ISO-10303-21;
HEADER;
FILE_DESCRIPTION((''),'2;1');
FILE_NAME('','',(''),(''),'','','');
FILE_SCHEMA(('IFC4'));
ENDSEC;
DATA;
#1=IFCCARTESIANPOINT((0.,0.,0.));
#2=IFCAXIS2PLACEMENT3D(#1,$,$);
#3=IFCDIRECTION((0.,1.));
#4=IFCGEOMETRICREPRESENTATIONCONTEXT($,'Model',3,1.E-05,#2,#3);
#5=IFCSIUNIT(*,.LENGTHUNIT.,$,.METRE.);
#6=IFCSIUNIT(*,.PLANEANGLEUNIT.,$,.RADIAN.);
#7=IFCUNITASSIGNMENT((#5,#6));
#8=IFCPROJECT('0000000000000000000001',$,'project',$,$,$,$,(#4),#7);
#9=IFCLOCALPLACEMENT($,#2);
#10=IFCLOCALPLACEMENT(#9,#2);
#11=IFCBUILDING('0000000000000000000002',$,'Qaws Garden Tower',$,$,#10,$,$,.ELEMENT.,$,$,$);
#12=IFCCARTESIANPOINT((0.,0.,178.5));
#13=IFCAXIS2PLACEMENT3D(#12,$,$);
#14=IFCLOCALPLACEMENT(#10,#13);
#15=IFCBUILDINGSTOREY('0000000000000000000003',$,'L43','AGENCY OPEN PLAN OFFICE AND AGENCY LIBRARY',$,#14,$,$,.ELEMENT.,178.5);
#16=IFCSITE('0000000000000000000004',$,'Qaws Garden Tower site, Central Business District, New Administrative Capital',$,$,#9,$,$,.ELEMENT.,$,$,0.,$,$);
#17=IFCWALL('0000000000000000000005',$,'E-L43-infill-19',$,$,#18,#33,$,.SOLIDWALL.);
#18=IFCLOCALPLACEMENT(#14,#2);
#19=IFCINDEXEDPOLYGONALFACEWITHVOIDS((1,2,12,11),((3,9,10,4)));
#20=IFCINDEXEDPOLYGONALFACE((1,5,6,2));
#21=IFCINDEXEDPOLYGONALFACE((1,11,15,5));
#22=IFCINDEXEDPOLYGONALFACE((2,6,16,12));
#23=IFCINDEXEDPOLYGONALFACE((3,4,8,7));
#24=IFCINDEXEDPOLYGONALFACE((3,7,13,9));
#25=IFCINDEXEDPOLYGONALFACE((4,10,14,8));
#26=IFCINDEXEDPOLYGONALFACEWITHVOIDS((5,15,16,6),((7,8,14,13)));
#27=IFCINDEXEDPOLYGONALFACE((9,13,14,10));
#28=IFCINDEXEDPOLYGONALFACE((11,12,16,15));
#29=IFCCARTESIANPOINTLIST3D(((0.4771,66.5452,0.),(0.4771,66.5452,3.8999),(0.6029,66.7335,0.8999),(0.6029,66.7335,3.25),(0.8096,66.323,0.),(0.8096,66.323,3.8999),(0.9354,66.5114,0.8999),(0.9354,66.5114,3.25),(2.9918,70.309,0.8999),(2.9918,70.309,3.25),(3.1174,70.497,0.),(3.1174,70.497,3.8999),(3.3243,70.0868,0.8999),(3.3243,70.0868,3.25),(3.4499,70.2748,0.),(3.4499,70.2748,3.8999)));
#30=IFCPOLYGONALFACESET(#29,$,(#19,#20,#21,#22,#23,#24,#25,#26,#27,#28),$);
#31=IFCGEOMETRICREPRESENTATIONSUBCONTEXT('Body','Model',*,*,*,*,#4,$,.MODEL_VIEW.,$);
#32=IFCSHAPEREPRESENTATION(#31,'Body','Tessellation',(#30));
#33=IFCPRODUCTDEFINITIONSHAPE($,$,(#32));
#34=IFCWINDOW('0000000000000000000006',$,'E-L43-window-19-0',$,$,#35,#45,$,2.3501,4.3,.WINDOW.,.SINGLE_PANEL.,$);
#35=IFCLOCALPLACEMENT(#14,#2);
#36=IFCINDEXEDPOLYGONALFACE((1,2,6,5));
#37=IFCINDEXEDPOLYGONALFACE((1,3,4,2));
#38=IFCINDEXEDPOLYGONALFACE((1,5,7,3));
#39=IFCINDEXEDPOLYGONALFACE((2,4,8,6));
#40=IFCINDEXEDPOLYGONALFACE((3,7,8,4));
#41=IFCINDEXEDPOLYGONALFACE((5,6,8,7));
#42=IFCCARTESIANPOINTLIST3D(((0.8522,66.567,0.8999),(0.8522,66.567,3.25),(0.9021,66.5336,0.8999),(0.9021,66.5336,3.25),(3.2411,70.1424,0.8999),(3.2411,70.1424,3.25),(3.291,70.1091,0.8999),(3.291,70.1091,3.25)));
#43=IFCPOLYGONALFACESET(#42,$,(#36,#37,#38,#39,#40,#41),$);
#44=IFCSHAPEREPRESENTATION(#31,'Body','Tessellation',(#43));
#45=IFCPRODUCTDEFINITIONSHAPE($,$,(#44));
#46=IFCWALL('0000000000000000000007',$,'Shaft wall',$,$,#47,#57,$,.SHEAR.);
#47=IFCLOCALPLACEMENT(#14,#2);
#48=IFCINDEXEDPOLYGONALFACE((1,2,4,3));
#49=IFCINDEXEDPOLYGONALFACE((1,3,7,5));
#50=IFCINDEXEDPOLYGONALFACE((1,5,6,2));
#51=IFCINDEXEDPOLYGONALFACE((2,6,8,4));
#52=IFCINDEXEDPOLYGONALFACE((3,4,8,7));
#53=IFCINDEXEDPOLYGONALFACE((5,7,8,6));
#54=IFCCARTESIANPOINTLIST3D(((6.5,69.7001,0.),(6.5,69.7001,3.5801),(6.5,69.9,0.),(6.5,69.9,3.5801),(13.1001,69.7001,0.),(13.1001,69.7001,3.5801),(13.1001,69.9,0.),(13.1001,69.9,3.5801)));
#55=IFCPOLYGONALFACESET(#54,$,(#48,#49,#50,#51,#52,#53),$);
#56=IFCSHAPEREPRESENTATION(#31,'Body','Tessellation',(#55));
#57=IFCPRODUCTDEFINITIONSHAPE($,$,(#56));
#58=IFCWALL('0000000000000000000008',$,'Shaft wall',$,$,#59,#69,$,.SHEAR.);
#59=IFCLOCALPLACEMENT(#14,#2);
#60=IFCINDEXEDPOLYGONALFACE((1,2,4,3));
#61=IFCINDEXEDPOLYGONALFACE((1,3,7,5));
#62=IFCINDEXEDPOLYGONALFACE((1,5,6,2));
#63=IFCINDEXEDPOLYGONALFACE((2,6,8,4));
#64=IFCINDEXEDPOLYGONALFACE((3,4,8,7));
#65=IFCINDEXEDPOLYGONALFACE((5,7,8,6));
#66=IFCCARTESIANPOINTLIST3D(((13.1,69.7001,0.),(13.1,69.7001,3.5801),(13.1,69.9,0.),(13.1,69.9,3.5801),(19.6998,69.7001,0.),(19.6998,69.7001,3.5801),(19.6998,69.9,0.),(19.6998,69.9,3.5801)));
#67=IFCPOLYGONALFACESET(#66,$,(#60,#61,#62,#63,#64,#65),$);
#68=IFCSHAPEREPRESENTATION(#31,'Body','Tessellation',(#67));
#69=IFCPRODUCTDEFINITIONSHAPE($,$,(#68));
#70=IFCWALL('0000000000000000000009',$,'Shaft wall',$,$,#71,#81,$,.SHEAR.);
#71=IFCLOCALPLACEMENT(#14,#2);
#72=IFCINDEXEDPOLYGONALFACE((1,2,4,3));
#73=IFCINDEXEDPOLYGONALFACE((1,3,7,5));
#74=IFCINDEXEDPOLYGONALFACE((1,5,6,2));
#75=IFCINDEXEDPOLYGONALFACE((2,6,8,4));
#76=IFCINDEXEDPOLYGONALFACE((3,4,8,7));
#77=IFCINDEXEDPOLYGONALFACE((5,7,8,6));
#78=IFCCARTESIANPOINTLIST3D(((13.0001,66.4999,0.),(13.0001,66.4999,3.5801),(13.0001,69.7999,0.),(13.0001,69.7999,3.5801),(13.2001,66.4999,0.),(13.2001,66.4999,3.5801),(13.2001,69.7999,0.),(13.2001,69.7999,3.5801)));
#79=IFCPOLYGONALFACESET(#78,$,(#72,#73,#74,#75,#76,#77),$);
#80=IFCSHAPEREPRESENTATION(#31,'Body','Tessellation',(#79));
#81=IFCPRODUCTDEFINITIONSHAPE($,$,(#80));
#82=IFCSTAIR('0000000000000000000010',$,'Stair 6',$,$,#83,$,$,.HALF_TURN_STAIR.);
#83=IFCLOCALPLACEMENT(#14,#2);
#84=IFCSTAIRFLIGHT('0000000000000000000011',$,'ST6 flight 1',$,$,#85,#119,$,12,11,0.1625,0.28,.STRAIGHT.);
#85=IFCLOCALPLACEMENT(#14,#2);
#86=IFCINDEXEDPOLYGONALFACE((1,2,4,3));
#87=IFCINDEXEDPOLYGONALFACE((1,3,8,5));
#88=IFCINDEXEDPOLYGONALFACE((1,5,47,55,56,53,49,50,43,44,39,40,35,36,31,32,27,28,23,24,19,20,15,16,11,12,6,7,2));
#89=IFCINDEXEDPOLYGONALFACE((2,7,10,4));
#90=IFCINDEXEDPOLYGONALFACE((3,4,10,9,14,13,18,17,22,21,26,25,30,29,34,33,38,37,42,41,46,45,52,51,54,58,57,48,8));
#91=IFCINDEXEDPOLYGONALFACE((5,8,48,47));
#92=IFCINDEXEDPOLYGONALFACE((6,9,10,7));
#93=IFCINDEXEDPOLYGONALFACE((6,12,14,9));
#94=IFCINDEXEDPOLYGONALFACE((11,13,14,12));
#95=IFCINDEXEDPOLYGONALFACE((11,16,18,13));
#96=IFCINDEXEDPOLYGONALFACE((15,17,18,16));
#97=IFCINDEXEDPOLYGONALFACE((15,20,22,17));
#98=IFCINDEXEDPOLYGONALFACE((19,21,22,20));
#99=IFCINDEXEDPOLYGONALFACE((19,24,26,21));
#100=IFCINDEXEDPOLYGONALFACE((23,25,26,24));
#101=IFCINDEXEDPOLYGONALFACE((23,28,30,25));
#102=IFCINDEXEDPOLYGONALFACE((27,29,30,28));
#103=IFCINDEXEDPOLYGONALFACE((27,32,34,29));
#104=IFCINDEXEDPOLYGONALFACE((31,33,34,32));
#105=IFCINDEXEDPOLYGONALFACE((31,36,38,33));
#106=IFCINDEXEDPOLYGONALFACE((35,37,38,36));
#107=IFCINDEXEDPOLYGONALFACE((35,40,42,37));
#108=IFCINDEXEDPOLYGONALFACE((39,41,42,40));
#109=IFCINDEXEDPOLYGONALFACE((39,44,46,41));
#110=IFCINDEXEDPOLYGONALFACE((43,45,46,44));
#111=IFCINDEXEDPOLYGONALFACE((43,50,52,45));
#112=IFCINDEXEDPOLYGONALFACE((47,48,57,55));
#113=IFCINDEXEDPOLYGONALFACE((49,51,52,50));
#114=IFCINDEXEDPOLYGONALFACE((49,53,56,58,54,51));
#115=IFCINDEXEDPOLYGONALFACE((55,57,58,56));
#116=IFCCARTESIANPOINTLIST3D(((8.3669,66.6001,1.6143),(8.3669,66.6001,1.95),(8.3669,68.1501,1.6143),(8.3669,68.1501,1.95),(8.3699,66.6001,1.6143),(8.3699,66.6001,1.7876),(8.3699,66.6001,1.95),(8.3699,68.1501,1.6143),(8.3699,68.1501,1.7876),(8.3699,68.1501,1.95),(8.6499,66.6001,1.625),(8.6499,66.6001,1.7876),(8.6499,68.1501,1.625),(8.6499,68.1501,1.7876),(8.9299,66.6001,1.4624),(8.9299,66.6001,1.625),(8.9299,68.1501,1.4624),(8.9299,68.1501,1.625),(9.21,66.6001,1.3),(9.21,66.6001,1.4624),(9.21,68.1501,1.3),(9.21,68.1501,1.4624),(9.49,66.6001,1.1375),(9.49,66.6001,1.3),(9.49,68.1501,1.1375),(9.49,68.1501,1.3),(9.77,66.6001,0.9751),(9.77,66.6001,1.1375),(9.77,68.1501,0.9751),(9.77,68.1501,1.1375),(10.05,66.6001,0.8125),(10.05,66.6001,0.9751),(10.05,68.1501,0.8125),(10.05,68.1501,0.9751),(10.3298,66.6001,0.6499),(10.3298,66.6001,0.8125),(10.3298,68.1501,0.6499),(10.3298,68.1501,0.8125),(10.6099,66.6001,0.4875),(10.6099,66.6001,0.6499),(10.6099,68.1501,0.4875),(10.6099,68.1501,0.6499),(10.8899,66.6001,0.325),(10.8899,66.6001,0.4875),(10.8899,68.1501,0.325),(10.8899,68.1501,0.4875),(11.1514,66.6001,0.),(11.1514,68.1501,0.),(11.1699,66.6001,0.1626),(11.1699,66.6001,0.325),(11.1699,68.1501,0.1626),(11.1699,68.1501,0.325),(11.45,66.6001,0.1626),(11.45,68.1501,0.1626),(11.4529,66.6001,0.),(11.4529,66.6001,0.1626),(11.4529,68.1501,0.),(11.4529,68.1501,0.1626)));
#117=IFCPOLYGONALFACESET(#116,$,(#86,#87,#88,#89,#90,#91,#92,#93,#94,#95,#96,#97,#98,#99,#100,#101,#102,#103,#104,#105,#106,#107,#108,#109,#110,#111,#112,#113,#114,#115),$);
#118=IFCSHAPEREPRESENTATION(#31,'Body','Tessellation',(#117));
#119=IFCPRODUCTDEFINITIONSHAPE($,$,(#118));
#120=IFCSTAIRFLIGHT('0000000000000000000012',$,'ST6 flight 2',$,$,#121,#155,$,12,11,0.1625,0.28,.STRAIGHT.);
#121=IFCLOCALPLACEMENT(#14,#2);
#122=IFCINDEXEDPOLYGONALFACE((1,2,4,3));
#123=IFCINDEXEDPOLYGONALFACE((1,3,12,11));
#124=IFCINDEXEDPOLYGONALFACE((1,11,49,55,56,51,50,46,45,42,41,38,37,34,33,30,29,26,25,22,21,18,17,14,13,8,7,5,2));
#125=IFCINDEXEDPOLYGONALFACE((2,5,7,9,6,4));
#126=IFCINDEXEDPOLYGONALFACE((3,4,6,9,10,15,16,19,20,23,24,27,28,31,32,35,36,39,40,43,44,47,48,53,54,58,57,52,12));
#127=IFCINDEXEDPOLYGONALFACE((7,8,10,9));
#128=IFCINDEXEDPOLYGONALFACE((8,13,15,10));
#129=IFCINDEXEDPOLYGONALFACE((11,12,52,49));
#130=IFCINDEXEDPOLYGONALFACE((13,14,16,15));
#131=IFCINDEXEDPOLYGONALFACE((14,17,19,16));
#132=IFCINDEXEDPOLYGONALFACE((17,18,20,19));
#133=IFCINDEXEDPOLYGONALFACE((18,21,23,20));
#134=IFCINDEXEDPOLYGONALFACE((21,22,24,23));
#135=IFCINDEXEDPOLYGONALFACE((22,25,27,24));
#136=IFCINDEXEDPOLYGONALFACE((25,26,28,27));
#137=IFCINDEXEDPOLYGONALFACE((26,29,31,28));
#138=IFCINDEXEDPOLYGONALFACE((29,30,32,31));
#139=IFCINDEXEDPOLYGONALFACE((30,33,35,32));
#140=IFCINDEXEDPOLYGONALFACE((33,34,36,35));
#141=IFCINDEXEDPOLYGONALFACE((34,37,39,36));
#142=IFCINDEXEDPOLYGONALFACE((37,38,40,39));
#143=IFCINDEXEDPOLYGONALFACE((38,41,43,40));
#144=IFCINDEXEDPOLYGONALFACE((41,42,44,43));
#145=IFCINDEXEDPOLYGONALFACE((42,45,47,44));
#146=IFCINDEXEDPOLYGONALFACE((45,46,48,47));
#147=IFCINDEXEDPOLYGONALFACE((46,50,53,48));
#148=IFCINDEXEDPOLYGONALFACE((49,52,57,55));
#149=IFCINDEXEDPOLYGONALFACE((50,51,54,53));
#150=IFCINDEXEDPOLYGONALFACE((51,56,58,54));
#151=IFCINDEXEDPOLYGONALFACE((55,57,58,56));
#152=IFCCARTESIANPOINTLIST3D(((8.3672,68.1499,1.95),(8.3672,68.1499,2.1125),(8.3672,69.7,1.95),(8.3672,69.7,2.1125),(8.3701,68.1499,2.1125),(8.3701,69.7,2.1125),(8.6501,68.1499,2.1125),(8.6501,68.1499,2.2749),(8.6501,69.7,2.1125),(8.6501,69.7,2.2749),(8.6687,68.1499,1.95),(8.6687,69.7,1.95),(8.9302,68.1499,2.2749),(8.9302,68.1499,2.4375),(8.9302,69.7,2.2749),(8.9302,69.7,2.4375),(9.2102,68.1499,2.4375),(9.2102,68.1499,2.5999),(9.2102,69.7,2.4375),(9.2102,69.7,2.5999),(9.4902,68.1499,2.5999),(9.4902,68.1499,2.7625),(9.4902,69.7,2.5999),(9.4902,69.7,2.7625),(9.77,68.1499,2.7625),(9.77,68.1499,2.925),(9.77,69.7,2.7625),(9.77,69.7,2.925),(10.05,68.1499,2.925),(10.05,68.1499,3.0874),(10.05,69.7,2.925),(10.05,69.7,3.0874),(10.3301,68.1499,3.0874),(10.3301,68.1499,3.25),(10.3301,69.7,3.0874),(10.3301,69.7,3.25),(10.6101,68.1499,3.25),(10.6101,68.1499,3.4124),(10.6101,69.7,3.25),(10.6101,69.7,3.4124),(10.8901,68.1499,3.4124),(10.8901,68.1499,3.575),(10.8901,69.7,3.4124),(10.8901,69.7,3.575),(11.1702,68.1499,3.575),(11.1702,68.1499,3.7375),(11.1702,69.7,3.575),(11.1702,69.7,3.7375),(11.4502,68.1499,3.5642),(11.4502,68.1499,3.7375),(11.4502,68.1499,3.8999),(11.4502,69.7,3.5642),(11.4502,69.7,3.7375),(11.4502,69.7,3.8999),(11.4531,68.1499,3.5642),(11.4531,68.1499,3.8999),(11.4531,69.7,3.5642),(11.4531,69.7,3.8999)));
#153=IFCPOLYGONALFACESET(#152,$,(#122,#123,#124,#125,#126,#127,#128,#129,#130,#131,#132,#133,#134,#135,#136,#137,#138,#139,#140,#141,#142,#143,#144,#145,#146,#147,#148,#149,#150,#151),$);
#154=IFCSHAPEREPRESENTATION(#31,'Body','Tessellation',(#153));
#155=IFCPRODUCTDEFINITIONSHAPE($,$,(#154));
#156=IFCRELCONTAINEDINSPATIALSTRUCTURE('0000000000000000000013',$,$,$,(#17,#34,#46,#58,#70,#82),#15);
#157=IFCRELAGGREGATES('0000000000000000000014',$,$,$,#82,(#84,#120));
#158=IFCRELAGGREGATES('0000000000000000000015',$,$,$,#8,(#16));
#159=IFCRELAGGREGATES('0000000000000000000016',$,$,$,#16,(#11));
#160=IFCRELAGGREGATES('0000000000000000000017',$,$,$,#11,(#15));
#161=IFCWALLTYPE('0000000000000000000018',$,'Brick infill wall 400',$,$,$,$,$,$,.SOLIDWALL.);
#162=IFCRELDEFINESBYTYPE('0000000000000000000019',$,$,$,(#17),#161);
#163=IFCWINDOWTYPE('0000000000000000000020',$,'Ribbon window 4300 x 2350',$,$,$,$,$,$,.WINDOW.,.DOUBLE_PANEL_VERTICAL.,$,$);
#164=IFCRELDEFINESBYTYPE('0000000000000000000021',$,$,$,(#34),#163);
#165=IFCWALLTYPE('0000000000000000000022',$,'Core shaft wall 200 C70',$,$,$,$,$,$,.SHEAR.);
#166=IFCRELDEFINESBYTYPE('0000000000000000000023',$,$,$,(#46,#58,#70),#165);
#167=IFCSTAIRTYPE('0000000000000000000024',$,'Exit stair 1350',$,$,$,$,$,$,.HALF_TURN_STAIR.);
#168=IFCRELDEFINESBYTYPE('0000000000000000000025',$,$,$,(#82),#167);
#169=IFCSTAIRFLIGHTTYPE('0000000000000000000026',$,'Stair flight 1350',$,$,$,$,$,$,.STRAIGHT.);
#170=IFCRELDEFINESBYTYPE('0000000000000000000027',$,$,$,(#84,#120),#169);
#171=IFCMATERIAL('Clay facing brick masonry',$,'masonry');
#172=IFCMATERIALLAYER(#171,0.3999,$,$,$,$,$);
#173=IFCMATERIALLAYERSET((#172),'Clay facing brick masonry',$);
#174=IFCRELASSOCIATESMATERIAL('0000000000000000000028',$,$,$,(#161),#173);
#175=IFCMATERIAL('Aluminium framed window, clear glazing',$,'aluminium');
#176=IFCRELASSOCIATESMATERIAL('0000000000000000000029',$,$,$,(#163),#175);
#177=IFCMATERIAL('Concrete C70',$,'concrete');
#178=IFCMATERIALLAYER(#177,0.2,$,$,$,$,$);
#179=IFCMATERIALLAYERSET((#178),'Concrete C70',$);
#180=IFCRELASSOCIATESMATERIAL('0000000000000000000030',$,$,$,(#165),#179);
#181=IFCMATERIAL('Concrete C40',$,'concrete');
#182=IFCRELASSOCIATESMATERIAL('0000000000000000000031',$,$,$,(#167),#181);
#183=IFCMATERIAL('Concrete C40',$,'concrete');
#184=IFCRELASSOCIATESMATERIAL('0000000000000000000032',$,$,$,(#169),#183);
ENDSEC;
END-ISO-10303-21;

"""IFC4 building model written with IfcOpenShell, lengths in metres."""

from ifc_helpers import new_model, si_unit, direction, frame, frame_2d, origin, place, context, subcontext, project, spatial, polyline, rectangle, outline, extrude, material, layer, layer_set, type_object, element, fill, aggregate, save


model = new_model("IFC4")

# Units and contexts
model_context = context("Model", 3, precision=1e-05, world=origin(), true_north=direction((0.0, 1.0)))
body_context = subcontext(model_context, "Body", "Model", "MODEL_VIEW")
ifc_project = project(units=[si_unit("LENGTHUNIT", "METRE"), si_unit("PLANEANGLEUNIT", "RADIAN")], contexts=[model_context])

# Site, building, storey
site_placement = place(None, origin())
site = spatial("IfcSite", under=ifc_project, at=site_placement, Name="Qaws Garden Tower site, Central Business District, New Administrative Capital", CompositionType="ELEMENT", RefElevation=0.0)
building_placement = place(site_placement, origin())
building = spatial("IfcBuilding", under=site, at=building_placement, Name="Qaws Garden Tower", CompositionType="ELEMENT")
storey_placement = place(building_placement, frame((0.0, 0.0, 178.5)))
storey = spatial("IfcBuildingStorey", under=building, at=storey_placement, Name="L43", Description="AGENCY OPEN PLAN OFFICE AND AGENCY LIBRARY", CompositionType="ELEMENT", Elevation=178.5)

# Wall, opening, window
ifc_material_1 = material(Name="Clay facing brick masonry", Category="masonry")
ifc_layer_1 = layer(ifc_material_1, 0.3999)
ifc_layer_set_1 = layer_set([ifc_layer_1], Name="Clay facing brick masonry")
wall_type_1 = type_object("IfcWallType", Name="Brick infill wall 400", PredefinedType="SOLIDWALL", material=ifc_layer_set_1)
ifc_material_2 = material(Name="Aluminium framed window, clear glazing", Category="aluminium")
window_type = type_object("IfcWindowType", Name="Ribbon window 4300 x 2350", PartitioningType="DOUBLE_PANEL_VERTICAL", PredefinedType="WINDOW", material=ifc_material_2)
wall_1_placement = place(storey_placement, frame((3.2837, 70.386, 0.0), z_axis=(0.0, 0.0, 1.0), x_axis=(-0.555542, -0.831489, 0.0)))
wall_1 = element("IfcWall", 1, at=wall_1_placement, inside=storey, type_object=wall_type_1, Name="E-L43-infill-19", PredefinedType="SOLIDWALL", context=body_context, shape_type="SweptSolid", body=[
    extrude(rectangle(XDim=4.7527, YDim=0.3999, at=frame_2d((2.3765, 0.0))), origin(), (0.0, 0.0, 1.0), 3.8999),
])
opening_1_placement = place(wall_1_placement, frame((0.2263, 0.0, 0.8999)))
opening_1 = element("IfcOpeningElement", 2, at=opening_1_placement, cuts=wall_1, PredefinedType="OPENING", context=body_context, shape_type="SweptSolid", body=[
    extrude(rectangle(XDim=4.3, YDim=2.3501, at=frame_2d((2.1499, 1.175))), frame((0.0, 0.21, 0.0), z_axis=(0.0, -1.0, 0.0), x_axis=(1.0, 0.0, 0.0)), (0.0, 0.0, 1.0), 0.4199),
])
window_1_placement = place(opening_1_placement, origin())
window_1 = element("IfcWindow", 3, at=window_1_placement, inside=storey, type_object=window_type, Name="E-L43-window-19-0", OverallHeight=2.3501, OverallWidth=4.3, PartitioningType="SINGLE_PANEL", PredefinedType="WINDOW", context=body_context, shape_type="SweptSolid", body=[
    extrude(rectangle(XDim=4.3, YDim=2.3501, at=frame_2d((2.1499, 1.175))), frame((0.0, 0.1599, 0.0), z_axis=(0.0, -1.0, 0.0), x_axis=(1.0, 0.0, 0.0)), (0.0, 0.0, 1.0), 0.0601),
])
fill(opening_1, window_1)

# Walls
ifc_material_3 = material(Name="Concrete C70", Category="concrete")
ifc_layer_2 = layer(ifc_material_3, 0.2)
ifc_layer_set_2 = layer_set([ifc_layer_2], Name="Concrete C70")
wall_type_2 = type_object("IfcWallType", Name="Core shaft wall 200 C70", PredefinedType="SHEAR", material=ifc_layer_set_2)
wall_2_placement = place(storey_placement, frame((6.5, 69.8, 0.0), z_axis=(0.0, 0.0, 1.0), x_axis=(1.0, 0.0, 0.0)))
element("IfcWall", 4, at=wall_2_placement, inside=storey, type_object=wall_type_2, Name="Shaft wall", PredefinedType="SHEAR", context=body_context, shape_type="SweptSolid", body=[
    extrude(rectangle(XDim=6.6001, YDim=0.2, at=frame_2d((3.3, 0.0))), origin(), (0.0, 0.0, 1.0), 3.5801),
])
wall_3_placement = place(storey_placement, frame((13.1001, 69.8, 0.0), z_axis=(0.0, 0.0, 1.0), x_axis=(1.0, 0.0, 0.0)))
element("IfcWall", 5, at=wall_3_placement, inside=storey, type_object=wall_type_2, Name="Shaft wall", PredefinedType="SHEAR", context=body_context, shape_type="SweptSolid", body=[
    extrude(rectangle(XDim=6.5999, YDim=0.2, at=frame_2d((3.2998, 0.0))), origin(), (0.0, 0.0, 1.0), 3.5801),
])
wall_4_placement = place(storey_placement, frame((13.1001, 66.5, 0.0), z_axis=(0.0, 0.0, 1.0), x_axis=(0.0, 1.0, 0.0)))
element("IfcWall", 6, at=wall_4_placement, inside=storey, type_object=wall_type_2, Name="Shaft wall", PredefinedType="SHEAR", context=body_context, shape_type="SweptSolid", body=[
    extrude(rectangle(XDim=3.3, YDim=0.2, at=frame_2d((1.6499, 0.0))), origin(), (0.0, 0.0, 1.0), 3.5801),
])

# Stair, stair flights
ifc_material_4 = material(Name="Concrete C40", Category="concrete")
stair_type = type_object("IfcStairType", Name="Exit stair 1350", PredefinedType="HALF_TURN_STAIR", material=ifc_material_4)
placement = place(storey_placement, origin())
stair_1 = element("IfcStair", 7, at=placement, inside=storey, type_object=stair_type, Name="Stair 6", PredefinedType="HALF_TURN_STAIR")
ifc_material_5 = material(Name="Concrete C40", Category="concrete")
stair_flight_type = type_object("IfcStairFlightType", Name="Stair flight 1350", PredefinedType="STRAIGHT", material=ifc_material_5)
stair_flight_1_placement = place(storey_placement, frame((11.45, 67.375, 0.0), z_axis=(0.0, 0.0, 1.0), x_axis=(-1.0, 0.0, 0.0)))
stair_flight_1 = element("IfcStairFlight", 8, at=stair_flight_1_placement, type_object=stair_flight_type, Name="ST6 flight 1", NumberOfRisers=12, NumberOfTreads=11, PredefinedType="STRAIGHT", RiserHeight=0.1625, TreadLength=0.28, context=body_context, shape_type="SweptSolid", body=[
    extrude(outline(polyline([(-0.0029, 0.0), (-0.0029, 0.1626), (0.0, 0.1626), (0.28, 0.1626), (0.28, 0.325), (0.5601, 0.325), (0.5601, 0.4875), (0.8401, 0.4875), (0.8401, 0.6499), (1.1201, 0.6499), (1.1201, 0.8125), (1.3999, 0.8125), (1.3999, 0.9751), (1.6799, 0.9751), (1.6799, 1.1375), (1.96, 1.1375), (1.96, 1.3), (2.24, 1.3), (2.24, 1.4624), (2.52, 1.4624), (2.52, 1.625), (2.8, 1.625), (2.8, 1.7876), (3.0801, 1.7876), (3.0801, 1.95), (3.083, 1.95), (3.083, 1.6143), (3.0801, 1.6143), (0.2986, 0.0), (-0.0029, 0.0)])), frame((0.0, 0.7749, 0.0), z_axis=(0.0, -1.0, 0.0), x_axis=(1.0, 0.0, 0.0)), (0.0, 0.0, 1.0), 1.55),
])
stair_flight_2_placement = place(storey_placement, frame((8.3701, 68.925, 1.95), z_axis=(0.0, 0.0, 1.0), x_axis=(1.0, 0.0, 0.0)))
stair_flight_2 = element("IfcStairFlight", 9, at=stair_flight_2_placement, type_object=stair_flight_type, Name="ST6 flight 2", NumberOfRisers=12, NumberOfTreads=11, PredefinedType="STRAIGHT", RiserHeight=0.1625, TreadLength=0.28, context=body_context, shape_type="SweptSolid", body=[
    extrude(outline(polyline([(-0.0029, 0.0), (-0.0029, 0.1626), (0.0, 0.1626), (0.28, 0.1626), (0.28, 0.325), (0.5601, 0.325), (0.5601, 0.4875), (0.8401, 0.4875), (0.8401, 0.6499), (1.1201, 0.6499), (1.1201, 0.8125), (1.3999, 0.8125), (1.3999, 0.9751), (1.6799, 0.9751), (1.6799, 1.1375), (1.96, 1.1375), (1.96, 1.3), (2.24, 1.3), (2.24, 1.4624), (2.52, 1.4624), (2.52, 1.625), (2.8, 1.625), (2.8, 1.7876), (3.0801, 1.7876), (3.0801, 1.95), (3.083, 1.95), (3.083, 1.6143), (3.0801, 1.6143), (0.2986, 0.0), (-0.0029, 0.0)])), frame((0.0, 0.7749, 0.0), z_axis=(0.0, -1.0, 0.0), x_axis=(1.0, 0.0, 0.0)), (0.0, 0.0, 1.0), 1.55),
])
aggregate(stair_1, [stair_flight_1, stair_flight_2])

save(model, "model.ifc")
